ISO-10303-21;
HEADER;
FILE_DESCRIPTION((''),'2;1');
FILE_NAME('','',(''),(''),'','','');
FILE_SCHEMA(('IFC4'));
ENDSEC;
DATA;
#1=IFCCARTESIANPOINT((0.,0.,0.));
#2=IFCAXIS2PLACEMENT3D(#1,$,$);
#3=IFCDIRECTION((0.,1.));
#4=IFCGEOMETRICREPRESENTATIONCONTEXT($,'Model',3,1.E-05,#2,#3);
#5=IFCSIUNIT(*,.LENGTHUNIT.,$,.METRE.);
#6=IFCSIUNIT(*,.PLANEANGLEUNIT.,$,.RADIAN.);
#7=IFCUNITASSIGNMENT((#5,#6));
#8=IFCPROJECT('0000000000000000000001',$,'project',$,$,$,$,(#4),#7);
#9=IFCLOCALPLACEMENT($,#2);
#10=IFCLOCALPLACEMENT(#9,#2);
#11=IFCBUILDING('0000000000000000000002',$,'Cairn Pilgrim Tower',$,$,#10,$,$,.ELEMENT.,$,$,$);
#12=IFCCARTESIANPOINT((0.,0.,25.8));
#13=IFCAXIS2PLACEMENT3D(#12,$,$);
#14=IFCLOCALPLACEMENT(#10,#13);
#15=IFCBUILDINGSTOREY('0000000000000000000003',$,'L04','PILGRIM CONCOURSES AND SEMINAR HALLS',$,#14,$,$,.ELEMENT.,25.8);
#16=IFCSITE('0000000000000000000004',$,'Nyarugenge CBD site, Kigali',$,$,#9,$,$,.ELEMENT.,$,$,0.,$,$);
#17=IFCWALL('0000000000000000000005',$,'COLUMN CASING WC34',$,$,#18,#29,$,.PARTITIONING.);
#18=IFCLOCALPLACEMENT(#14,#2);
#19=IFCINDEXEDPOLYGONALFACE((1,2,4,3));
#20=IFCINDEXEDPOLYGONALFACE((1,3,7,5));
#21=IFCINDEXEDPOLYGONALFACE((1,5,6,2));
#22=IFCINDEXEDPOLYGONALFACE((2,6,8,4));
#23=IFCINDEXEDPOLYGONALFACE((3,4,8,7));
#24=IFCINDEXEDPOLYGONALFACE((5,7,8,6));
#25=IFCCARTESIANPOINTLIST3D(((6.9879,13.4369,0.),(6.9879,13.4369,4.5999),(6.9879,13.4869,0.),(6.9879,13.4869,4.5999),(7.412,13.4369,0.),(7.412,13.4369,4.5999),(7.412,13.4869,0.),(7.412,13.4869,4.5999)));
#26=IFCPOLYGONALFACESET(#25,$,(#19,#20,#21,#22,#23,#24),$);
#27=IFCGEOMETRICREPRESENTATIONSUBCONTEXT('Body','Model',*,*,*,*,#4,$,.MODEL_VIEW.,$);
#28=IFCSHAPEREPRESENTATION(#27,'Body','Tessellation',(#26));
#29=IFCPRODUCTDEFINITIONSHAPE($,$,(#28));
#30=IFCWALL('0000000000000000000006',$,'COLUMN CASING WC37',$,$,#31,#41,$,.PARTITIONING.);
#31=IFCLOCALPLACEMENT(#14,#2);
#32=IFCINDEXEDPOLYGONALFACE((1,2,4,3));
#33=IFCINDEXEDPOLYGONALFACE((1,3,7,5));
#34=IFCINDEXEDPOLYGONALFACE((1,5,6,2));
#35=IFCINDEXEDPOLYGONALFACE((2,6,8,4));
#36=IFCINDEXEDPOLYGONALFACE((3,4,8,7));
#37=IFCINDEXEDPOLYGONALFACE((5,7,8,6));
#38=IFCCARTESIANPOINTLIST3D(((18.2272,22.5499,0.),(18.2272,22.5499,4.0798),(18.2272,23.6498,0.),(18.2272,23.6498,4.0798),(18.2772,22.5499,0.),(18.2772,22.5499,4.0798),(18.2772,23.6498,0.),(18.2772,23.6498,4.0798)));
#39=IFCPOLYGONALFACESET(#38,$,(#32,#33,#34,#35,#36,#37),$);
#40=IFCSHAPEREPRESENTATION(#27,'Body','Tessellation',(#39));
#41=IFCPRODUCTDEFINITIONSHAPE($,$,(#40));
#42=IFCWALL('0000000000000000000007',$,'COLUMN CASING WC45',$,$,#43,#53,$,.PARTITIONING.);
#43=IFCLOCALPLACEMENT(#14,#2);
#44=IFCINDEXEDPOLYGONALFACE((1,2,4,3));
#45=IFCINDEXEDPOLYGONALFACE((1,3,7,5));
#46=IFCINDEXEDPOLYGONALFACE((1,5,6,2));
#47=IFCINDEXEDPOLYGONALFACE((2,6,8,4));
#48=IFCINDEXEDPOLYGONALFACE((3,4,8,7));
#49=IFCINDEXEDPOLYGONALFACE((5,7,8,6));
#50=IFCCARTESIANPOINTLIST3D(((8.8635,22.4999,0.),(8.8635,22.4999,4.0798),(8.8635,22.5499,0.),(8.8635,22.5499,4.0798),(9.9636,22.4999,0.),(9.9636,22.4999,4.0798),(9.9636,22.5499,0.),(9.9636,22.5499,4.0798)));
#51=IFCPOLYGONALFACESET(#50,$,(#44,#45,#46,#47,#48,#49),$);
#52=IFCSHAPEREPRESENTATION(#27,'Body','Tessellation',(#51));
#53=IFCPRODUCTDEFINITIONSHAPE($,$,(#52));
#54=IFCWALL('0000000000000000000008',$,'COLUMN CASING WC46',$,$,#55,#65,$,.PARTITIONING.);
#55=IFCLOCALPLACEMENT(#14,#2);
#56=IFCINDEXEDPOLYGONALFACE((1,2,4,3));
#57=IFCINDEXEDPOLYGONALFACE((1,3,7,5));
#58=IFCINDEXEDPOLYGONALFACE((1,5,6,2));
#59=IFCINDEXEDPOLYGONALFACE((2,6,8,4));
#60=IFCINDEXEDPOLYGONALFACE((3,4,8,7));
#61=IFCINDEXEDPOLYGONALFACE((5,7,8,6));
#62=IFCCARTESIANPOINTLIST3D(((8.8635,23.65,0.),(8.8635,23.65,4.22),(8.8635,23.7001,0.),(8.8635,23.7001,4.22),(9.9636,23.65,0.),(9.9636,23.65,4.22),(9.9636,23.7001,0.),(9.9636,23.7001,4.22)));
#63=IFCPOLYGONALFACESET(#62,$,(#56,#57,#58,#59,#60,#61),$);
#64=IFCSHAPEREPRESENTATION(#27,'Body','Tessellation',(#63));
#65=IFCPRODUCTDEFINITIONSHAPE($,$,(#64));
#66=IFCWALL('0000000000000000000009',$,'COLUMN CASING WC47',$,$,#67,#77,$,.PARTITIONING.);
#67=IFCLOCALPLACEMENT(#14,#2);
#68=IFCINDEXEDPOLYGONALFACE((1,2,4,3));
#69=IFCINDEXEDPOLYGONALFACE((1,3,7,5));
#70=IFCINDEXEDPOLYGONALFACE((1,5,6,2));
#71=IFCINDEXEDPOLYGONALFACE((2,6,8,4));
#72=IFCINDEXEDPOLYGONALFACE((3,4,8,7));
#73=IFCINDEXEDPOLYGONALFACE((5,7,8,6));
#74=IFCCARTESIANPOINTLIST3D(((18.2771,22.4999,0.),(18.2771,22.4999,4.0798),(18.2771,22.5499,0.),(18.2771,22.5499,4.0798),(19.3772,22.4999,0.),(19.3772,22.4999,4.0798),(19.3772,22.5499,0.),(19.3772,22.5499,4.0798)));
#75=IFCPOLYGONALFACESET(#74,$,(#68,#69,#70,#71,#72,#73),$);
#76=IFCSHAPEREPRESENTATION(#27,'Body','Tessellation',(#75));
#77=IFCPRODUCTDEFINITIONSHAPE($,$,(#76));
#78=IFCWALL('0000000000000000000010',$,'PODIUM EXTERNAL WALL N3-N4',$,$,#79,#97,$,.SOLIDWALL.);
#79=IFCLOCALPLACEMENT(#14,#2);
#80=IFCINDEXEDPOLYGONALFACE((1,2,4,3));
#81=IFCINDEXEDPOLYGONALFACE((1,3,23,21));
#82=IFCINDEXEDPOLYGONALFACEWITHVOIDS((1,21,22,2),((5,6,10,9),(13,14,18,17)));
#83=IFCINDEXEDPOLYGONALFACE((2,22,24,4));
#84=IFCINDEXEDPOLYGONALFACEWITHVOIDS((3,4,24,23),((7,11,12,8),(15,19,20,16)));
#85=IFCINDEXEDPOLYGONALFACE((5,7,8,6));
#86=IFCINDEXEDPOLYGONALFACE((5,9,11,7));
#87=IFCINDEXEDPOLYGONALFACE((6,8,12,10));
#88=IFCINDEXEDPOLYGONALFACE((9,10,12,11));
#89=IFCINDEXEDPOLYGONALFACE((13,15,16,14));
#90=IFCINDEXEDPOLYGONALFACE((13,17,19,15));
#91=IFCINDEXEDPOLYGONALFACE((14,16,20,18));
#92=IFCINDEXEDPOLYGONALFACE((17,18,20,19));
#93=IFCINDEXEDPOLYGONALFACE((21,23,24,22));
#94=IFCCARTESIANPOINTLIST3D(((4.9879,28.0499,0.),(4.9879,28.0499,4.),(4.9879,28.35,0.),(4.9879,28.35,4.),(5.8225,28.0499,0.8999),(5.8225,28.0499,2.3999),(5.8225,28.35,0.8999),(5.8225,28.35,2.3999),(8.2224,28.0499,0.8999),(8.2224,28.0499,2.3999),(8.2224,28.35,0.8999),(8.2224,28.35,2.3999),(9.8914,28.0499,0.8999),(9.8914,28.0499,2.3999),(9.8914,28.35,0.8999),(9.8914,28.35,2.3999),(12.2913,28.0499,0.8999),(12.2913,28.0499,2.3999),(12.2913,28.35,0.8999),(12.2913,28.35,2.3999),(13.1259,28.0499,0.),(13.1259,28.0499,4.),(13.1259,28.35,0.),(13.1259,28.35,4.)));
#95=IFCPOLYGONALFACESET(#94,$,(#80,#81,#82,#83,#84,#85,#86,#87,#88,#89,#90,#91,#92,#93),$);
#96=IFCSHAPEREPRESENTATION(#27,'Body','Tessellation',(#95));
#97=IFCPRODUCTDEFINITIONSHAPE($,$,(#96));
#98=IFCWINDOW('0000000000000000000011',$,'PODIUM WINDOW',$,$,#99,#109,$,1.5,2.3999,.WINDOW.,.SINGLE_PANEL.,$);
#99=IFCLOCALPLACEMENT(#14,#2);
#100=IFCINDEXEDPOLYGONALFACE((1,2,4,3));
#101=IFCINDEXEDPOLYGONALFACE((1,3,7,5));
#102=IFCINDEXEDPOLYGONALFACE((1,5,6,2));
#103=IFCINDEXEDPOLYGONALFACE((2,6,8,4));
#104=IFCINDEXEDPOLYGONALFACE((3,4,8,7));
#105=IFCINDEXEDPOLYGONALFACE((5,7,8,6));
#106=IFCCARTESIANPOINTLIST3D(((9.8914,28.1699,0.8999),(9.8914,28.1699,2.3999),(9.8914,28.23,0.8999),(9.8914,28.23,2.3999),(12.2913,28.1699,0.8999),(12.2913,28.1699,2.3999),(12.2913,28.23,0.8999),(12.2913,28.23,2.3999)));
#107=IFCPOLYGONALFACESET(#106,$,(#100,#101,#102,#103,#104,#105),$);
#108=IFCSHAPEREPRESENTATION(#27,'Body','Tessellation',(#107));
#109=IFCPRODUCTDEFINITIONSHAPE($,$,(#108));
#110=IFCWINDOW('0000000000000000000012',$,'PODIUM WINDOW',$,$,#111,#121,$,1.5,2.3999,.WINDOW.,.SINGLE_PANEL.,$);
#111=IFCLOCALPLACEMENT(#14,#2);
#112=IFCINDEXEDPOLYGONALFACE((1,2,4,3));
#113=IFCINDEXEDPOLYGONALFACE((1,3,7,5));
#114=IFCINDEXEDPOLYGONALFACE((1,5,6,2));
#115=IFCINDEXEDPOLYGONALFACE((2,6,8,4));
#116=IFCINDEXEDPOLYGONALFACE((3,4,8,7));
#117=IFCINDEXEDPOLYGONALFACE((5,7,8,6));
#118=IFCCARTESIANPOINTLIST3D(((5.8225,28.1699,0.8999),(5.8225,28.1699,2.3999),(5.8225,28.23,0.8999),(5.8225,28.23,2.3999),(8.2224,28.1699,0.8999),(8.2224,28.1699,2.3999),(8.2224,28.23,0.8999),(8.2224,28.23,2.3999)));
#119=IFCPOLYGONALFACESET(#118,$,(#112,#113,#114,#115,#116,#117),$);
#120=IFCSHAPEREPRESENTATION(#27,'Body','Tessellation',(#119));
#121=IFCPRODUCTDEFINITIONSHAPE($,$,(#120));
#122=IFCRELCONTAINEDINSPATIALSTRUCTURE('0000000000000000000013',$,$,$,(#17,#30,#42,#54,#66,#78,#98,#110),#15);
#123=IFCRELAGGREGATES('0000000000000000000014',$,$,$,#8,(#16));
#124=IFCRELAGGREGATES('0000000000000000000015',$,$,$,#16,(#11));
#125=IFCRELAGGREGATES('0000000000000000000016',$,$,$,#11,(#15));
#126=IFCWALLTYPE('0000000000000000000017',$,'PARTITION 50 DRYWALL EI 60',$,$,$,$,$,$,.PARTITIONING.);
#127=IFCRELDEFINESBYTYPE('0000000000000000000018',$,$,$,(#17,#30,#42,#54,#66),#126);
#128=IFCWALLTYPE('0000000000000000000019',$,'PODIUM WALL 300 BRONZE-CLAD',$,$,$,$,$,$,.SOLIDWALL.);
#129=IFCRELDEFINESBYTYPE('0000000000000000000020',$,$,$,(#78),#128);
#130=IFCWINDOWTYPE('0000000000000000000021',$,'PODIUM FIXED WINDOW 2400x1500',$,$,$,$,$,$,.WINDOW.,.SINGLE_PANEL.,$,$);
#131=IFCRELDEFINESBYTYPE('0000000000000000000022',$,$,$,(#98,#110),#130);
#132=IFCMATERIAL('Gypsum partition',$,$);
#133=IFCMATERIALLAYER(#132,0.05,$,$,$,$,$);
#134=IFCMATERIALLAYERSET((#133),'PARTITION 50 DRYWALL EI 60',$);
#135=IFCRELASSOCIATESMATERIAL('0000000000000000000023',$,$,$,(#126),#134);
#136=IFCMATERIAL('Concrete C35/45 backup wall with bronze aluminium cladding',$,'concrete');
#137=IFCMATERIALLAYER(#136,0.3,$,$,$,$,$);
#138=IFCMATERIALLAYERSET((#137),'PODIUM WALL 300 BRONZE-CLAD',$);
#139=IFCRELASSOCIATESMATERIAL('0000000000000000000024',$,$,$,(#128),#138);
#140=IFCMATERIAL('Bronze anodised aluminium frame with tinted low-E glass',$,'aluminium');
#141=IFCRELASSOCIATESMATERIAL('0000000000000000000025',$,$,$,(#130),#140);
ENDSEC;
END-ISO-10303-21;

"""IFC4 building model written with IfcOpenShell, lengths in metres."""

from ifc_helpers import new_model, si_unit, direction, frame, frame_2d, origin, place, context, subcontext, project, spatial, rectangle, extrude, material, layer, layer_set, type_object, element, fill, save


model = new_model("IFC4")

# Units and contexts
model_context = context("Model", 3, precision=1e-05, world=origin(), true_north=direction((0.0, 1.0)))
body_context = subcontext(model_context, "Body", "Model", "MODEL_VIEW")
ifc_project = project(units=[si_unit("LENGTHUNIT", "METRE"), si_unit("PLANEANGLEUNIT", "RADIAN")], contexts=[model_context])

# Site, building, storey
site_placement = place(None, origin())
site = spatial("IfcSite", under=ifc_project, at=site_placement, Name="Nyarugenge CBD site, Kigali", CompositionType="ELEMENT", RefElevation=0.0)
building_placement = place(site_placement, origin())
building = spatial("IfcBuilding", under=site, at=building_placement, Name="Cairn Pilgrim Tower", CompositionType="ELEMENT")
storey_placement = place(building_placement, frame((0.0, 0.0, 25.8)))
storey = spatial("IfcBuildingStorey", under=building, at=storey_placement, Name="L04", Description="PILGRIM CONCOURSES AND SEMINAR HALLS", CompositionType="ELEMENT", Elevation=25.8)

# Walls
ifc_material_1 = material(Name="Gypsum partition")
ifc_layer_1 = layer(ifc_material_1, 0.05)
ifc_layer_set_1 = layer_set([ifc_layer_1], Name="PARTITION 50 DRYWALL EI 60")
wall_type_1 = type_object("IfcWallType", Name="PARTITION 50 DRYWALL EI 60", PredefinedType="PARTITIONING", material=ifc_layer_set_1)
wall_1_placement = place(storey_placement, frame((6.988, 13.4619, 0.0), z_axis=(0.0, 0.0, 1.0), x_axis=(1.0, 0.0, 0.0)))
element("IfcWall", 1, at=wall_1_placement, inside=storey, type_object=wall_type_1, Name="COLUMN CASING WC34", PredefinedType="PARTITIONING", context=body_context, shape_type="SweptSolid", body=[
    extrude(rectangle(XDim=0.4241, YDim=0.05, at=frame_2d((0.2119, 0.0))), origin(), (0.0, 0.0, 1.0), 4.5999),
])
wall_2_placement = place(storey_placement, frame((18.2522, 22.55, 0.0), z_axis=(0.0, 0.0, 1.0), x_axis=(0.0, 1.0, 0.0)))
element("IfcWall", 2, at=wall_2_placement, inside=storey, type_object=wall_type_1, Name="COLUMN CASING WC37", PredefinedType="PARTITIONING", context=body_context, shape_type="SweptSolid", body=[
    extrude(rectangle(XDim=1.0999, YDim=0.05, at=frame_2d((0.5498, 0.0))), origin(), (0.0, 0.0, 1.0), 4.0798),
])
wall_3_placement = place(storey_placement, frame((8.8635, 22.5249, 0.0), z_axis=(0.0, 0.0, 1.0), x_axis=(1.0, 0.0, 0.0)))
element("IfcWall", 3, at=wall_3_placement, inside=storey, type_object=wall_type_1, Name="COLUMN CASING WC45", PredefinedType="PARTITIONING", context=body_context, shape_type="SweptSolid", body=[
    extrude(rectangle(XDim=1.1001, YDim=0.05, at=frame_2d((0.55, 0.0))), origin(), (0.0, 0.0, 1.0), 4.0798),
])
wall_4_placement = place(storey_placement, frame((8.8635, 23.675, 0.0), z_axis=(0.0, 0.0, 1.0), x_axis=(1.0, 0.0, 0.0)))
element("IfcWall", 4, at=wall_4_placement, inside=storey, type_object=wall_type_1, Name="COLUMN CASING WC46", PredefinedType="PARTITIONING", context=body_context, shape_type="SweptSolid", body=[
    extrude(rectangle(XDim=1.1001, YDim=0.05, at=frame_2d((0.55, 0.0))), origin(), (0.0, 0.0, 1.0), 4.22),
])
wall_5_placement = place(storey_placement, frame((18.2771, 22.5249, 0.0), z_axis=(0.0, 0.0, 1.0), x_axis=(1.0, 0.0, 0.0)))
element("IfcWall", 5, at=wall_5_placement, inside=storey, type_object=wall_type_1, Name="COLUMN CASING WC47", PredefinedType="PARTITIONING", context=body_context, shape_type="SweptSolid", body=[
    extrude(rectangle(XDim=1.1001, YDim=0.05, at=frame_2d((0.55, 0.0))), origin(), (0.0, 0.0, 1.0), 4.0798),
])

# Wall, openings, windows
ifc_material_2 = material(Name="Concrete C35/45 backup wall with bronze aluminium cladding", Category="concrete")
ifc_layer_2 = layer(ifc_material_2, 0.3)
ifc_layer_set_2 = layer_set([ifc_layer_2], Name="PODIUM WALL 300 BRONZE-CLAD")
wall_type_2 = type_object("IfcWallType", Name="PODIUM WALL 300 BRONZE-CLAD", PredefinedType="SOLIDWALL", material=ifc_layer_set_2)
wall_6_placement = place(storey_placement, frame((13.1257, 28.2, 0.0), z_axis=(0.0, 0.0, 1.0), x_axis=(-1.0, 0.0, 0.0)))
wall_6 = element("IfcWall", 6, at=wall_6_placement, inside=storey, type_object=wall_type_2, Name="PODIUM EXTERNAL WALL N3-N4", PredefinedType="SOLIDWALL", context=body_context, shape_type="SweptSolid", body=[
    extrude(rectangle(XDim=8.1379, YDim=0.3, at=frame_2d((4.0688, 0.0))), origin(), (0.0, 0.0, 1.0), 4.0),
])
opening_1_placement = place(wall_6_placement, frame((0.8345, 0.0, 0.8999)))
opening_1 = element("IfcOpeningElement", 7, at=opening_1_placement, cuts=wall_6, PredefinedType="OPENING", context=body_context, shape_type="SweptSolid", body=[
    extrude(rectangle(XDim=2.3999, YDim=1.5, at=frame_2d((1.2, 0.75))), frame((0.0, 0.1602, 0.0), z_axis=(0.0, -1.0, 0.0), x_axis=(1.0, 0.0, 0.0)), (0.0, 0.0, 1.0), 0.3201),
])
opening_2_placement = place(wall_6_placement, frame((4.9033, 0.0, 0.8999)))
opening_2 = element("IfcOpeningElement", 8, at=opening_2_placement, cuts=wall_6, PredefinedType="OPENING", context=body_context, shape_type="SweptSolid", body=[
    extrude(rectangle(XDim=2.3999, YDim=1.5, at=frame_2d((1.2, 0.75))), frame((0.0, 0.1602, 0.0), z_axis=(0.0, -1.0, 0.0), x_axis=(1.0, 0.0, 0.0)), (0.0, 0.0, 1.0), 0.3201),
])
ifc_material_3 = material(Name="Bronze anodised aluminium frame with tinted low-E glass", Category="aluminium")
window_type = type_object("IfcWindowType", Name="PODIUM FIXED WINDOW 2400x1500", PartitioningType="SINGLE_PANEL", PredefinedType="WINDOW", material=ifc_material_3)
window_1_placement = place(opening_1_placement, origin())
window_1 = element("IfcWindow", 9, at=window_1_placement, inside=storey, type_object=window_type, Name="PODIUM WINDOW", OverallHeight=1.5, OverallWidth=2.3999, PartitioningType="SINGLE_PANEL", PredefinedType="WINDOW", context=body_context, shape_type="SweptSolid", body=[
    extrude(rectangle(XDim=2.3999, YDim=1.5, at=frame_2d((1.2, 0.75))), frame((0.0, 0.03, 0.0), z_axis=(0.0, -1.0, 0.0), x_axis=(1.0, 0.0, 0.0)), (0.0, 0.0, 1.0), 0.0601),
])
fill(opening_1, window_1)
window_2_placement = place(opening_2_placement, origin())
window_2 = element("IfcWindow", 10, at=window_2_placement, inside=storey, type_object=window_type, Name="PODIUM WINDOW", OverallHeight=1.5, OverallWidth=2.3999, PartitioningType="SINGLE_PANEL", PredefinedType="WINDOW", context=body_context, shape_type="SweptSolid", body=[
    extrude(rectangle(XDim=2.3999, YDim=1.5, at=frame_2d((1.2, 0.75))), frame((0.0, 0.03, 0.0), z_axis=(0.0, -1.0, 0.0), x_axis=(1.0, 0.0, 0.0)), (0.0, 0.0, 1.0), 0.0601),
])
fill(opening_2, window_2)

save(model, "model.ifc")
